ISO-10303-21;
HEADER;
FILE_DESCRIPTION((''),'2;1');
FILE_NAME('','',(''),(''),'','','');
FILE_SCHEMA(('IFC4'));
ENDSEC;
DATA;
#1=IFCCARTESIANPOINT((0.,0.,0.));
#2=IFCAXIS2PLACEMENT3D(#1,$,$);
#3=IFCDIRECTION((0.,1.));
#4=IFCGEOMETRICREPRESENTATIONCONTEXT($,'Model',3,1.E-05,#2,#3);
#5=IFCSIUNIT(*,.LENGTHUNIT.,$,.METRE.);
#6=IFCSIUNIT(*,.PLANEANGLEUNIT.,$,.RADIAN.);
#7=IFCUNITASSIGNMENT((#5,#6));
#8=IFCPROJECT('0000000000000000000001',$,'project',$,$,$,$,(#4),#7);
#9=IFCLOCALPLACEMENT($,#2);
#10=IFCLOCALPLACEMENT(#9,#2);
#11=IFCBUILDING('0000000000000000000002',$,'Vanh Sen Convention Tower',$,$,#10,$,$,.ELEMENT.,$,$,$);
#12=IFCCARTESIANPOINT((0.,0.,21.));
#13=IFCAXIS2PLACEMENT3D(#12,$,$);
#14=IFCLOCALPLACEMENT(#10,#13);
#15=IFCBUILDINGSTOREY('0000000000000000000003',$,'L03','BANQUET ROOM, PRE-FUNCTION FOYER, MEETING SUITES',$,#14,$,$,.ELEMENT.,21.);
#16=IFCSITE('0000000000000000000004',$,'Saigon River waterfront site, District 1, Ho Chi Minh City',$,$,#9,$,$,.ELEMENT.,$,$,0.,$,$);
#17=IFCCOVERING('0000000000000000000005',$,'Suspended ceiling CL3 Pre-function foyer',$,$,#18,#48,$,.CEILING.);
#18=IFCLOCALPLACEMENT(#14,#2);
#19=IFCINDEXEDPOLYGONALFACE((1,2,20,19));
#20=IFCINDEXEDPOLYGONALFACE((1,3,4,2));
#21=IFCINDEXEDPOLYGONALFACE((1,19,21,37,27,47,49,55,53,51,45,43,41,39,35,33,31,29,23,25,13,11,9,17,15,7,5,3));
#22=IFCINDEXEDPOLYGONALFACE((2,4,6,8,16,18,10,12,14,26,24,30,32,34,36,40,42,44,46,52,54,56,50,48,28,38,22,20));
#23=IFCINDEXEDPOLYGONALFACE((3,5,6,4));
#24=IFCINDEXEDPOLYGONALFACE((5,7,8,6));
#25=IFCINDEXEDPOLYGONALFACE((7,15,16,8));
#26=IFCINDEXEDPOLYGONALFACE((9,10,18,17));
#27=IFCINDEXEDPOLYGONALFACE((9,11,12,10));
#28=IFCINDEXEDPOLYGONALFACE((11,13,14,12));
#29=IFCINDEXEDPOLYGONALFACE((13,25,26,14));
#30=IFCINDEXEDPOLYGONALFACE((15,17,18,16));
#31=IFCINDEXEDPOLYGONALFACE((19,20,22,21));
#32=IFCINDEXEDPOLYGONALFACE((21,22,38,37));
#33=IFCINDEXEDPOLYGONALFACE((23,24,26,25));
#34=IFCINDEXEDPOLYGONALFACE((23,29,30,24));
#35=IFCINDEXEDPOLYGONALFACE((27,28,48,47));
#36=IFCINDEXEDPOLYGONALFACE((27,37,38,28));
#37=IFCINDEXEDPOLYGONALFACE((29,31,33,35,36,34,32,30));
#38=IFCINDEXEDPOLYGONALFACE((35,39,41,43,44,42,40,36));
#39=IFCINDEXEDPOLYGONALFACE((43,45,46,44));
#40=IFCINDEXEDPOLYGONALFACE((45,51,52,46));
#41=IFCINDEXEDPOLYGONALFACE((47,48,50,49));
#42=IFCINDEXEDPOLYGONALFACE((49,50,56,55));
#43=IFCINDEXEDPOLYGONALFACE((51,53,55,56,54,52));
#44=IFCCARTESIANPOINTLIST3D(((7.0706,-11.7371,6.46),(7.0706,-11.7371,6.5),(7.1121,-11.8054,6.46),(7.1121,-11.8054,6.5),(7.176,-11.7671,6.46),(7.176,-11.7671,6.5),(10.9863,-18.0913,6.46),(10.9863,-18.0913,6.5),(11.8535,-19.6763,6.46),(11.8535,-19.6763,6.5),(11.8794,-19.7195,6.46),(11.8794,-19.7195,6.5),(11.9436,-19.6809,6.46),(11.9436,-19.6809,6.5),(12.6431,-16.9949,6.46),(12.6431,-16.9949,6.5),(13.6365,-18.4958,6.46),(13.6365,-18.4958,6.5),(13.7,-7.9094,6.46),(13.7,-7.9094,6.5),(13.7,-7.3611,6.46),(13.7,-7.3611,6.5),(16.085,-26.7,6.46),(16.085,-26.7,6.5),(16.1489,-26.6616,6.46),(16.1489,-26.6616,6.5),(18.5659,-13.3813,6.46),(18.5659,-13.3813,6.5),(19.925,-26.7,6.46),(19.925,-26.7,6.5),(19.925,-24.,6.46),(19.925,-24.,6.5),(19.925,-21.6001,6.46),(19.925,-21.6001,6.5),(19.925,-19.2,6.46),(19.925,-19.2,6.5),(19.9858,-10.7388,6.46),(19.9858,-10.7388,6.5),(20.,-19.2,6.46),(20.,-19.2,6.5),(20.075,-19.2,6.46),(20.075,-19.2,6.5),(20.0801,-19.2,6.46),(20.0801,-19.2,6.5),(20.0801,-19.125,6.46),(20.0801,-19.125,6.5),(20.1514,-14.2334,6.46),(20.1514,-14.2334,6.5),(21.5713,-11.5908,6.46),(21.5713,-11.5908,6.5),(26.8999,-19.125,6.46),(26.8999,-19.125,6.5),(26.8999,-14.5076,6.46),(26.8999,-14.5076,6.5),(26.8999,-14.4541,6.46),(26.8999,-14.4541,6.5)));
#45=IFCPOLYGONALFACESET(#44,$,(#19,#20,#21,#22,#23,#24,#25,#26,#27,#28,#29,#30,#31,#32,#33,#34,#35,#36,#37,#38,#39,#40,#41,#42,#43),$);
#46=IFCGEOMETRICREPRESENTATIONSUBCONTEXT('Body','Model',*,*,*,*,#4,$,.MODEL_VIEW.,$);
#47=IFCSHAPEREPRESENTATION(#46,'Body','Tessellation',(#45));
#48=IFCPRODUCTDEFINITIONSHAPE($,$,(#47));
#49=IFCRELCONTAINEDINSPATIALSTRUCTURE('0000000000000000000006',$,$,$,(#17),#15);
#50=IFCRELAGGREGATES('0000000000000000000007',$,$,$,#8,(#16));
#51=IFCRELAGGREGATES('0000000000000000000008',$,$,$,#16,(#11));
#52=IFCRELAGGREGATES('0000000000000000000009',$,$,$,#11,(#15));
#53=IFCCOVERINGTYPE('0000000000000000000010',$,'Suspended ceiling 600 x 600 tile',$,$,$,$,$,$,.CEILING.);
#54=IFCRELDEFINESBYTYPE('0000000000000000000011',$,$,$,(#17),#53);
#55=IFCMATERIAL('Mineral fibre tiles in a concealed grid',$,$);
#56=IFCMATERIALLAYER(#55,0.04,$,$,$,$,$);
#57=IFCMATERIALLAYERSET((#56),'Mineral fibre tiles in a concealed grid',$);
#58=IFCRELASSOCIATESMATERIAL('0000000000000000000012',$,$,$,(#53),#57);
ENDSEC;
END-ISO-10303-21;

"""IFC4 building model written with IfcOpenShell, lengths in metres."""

from ifc_helpers import new_model, si_unit, direction, frame, origin, place, context, subcontext, project, spatial, polyline, outline, extrude, material, layer, layer_set, type_object, element, save


model = new_model("IFC4")

# Units and contexts
model_context = context("Model", 3, precision=1e-05, world=origin(), true_north=direction((0.0, 1.0)))
body_context = subcontext(model_context, "Body", "Model", "MODEL_VIEW")
ifc_project = project(units=[si_unit("LENGTHUNIT", "METRE"), si_unit("PLANEANGLEUNIT", "RADIAN")], contexts=[model_context])

# Site, building, storey
site_placement = place(None, origin())
site = spatial("IfcSite", under=ifc_project, at=site_placement, Name="Saigon River waterfront site, District 1, Ho Chi Minh City", CompositionType="ELEMENT", RefElevation=0.0)
building_placement = place(site_placement, origin())
building = spatial("IfcBuilding", under=site, at=building_placement, Name="Vanh Sen Convention Tower", CompositionType="ELEMENT")
storey_placement = place(building_placement, frame((0.0, 0.0, 21.0)))
storey = spatial("IfcBuildingStorey", under=building, at=storey_placement, Name="L03", Description="BANQUET ROOM, PRE-FUNCTION FOYER, MEETING SUITES", CompositionType="ELEMENT", Elevation=21.0)

# Covering
ifc_material_1 = material(Name="Mineral fibre tiles in a concealed grid")
ifc_layer_1 = layer(ifc_material_1, 0.04)
ifc_layer_set_1 = layer_set([ifc_layer_1], Name="Mineral fibre tiles in a concealed grid")
covering_type = type_object("IfcCoveringType", Name="Suspended ceiling 600 x 600 tile", PredefinedType="CEILING", material=ifc_layer_set_1)
covering_placement = place(storey_placement, frame((0.0, 0.0, 6.46)))
element("IfcCovering", 1, at=covering_placement, inside=storey, type_object=covering_type, Name="Suspended ceiling CL3 Pre-function foyer", PredefinedType="CEILING", context=body_context, shape_type="SweptSolid", body=[
    extrude(outline(polyline([(20.0, -19.2), (20.075, -19.2), (20.0801, -19.2), (20.0801, -19.125), (26.8999, -19.125), (26.8999, -14.5076), (26.8999, -14.4541), (21.5713, -11.5908), (20.1514, -14.2334), (18.5659, -13.3813), (19.9858, -10.7388), (13.7, -7.3611), (13.7, -7.9094), (7.0706, -11.7371), (7.1121, -11.8054), (7.176, -11.7671), (10.9863, -18.0913), (12.6431, -16.9949), (13.6365, -18.4958), (11.8535, -19.6763), (11.8794, -19.7195), (11.9436, -19.6809), (16.1489, -26.6616), (16.085, -26.7), (19.925, -26.7), (19.925, -24.0), (19.925, -21.6001), (19.925, -19.2), (20.0, -19.2)])), origin(), (0.0, 0.0, 1.0), 0.04),
])

save(model, "model.ifc")
